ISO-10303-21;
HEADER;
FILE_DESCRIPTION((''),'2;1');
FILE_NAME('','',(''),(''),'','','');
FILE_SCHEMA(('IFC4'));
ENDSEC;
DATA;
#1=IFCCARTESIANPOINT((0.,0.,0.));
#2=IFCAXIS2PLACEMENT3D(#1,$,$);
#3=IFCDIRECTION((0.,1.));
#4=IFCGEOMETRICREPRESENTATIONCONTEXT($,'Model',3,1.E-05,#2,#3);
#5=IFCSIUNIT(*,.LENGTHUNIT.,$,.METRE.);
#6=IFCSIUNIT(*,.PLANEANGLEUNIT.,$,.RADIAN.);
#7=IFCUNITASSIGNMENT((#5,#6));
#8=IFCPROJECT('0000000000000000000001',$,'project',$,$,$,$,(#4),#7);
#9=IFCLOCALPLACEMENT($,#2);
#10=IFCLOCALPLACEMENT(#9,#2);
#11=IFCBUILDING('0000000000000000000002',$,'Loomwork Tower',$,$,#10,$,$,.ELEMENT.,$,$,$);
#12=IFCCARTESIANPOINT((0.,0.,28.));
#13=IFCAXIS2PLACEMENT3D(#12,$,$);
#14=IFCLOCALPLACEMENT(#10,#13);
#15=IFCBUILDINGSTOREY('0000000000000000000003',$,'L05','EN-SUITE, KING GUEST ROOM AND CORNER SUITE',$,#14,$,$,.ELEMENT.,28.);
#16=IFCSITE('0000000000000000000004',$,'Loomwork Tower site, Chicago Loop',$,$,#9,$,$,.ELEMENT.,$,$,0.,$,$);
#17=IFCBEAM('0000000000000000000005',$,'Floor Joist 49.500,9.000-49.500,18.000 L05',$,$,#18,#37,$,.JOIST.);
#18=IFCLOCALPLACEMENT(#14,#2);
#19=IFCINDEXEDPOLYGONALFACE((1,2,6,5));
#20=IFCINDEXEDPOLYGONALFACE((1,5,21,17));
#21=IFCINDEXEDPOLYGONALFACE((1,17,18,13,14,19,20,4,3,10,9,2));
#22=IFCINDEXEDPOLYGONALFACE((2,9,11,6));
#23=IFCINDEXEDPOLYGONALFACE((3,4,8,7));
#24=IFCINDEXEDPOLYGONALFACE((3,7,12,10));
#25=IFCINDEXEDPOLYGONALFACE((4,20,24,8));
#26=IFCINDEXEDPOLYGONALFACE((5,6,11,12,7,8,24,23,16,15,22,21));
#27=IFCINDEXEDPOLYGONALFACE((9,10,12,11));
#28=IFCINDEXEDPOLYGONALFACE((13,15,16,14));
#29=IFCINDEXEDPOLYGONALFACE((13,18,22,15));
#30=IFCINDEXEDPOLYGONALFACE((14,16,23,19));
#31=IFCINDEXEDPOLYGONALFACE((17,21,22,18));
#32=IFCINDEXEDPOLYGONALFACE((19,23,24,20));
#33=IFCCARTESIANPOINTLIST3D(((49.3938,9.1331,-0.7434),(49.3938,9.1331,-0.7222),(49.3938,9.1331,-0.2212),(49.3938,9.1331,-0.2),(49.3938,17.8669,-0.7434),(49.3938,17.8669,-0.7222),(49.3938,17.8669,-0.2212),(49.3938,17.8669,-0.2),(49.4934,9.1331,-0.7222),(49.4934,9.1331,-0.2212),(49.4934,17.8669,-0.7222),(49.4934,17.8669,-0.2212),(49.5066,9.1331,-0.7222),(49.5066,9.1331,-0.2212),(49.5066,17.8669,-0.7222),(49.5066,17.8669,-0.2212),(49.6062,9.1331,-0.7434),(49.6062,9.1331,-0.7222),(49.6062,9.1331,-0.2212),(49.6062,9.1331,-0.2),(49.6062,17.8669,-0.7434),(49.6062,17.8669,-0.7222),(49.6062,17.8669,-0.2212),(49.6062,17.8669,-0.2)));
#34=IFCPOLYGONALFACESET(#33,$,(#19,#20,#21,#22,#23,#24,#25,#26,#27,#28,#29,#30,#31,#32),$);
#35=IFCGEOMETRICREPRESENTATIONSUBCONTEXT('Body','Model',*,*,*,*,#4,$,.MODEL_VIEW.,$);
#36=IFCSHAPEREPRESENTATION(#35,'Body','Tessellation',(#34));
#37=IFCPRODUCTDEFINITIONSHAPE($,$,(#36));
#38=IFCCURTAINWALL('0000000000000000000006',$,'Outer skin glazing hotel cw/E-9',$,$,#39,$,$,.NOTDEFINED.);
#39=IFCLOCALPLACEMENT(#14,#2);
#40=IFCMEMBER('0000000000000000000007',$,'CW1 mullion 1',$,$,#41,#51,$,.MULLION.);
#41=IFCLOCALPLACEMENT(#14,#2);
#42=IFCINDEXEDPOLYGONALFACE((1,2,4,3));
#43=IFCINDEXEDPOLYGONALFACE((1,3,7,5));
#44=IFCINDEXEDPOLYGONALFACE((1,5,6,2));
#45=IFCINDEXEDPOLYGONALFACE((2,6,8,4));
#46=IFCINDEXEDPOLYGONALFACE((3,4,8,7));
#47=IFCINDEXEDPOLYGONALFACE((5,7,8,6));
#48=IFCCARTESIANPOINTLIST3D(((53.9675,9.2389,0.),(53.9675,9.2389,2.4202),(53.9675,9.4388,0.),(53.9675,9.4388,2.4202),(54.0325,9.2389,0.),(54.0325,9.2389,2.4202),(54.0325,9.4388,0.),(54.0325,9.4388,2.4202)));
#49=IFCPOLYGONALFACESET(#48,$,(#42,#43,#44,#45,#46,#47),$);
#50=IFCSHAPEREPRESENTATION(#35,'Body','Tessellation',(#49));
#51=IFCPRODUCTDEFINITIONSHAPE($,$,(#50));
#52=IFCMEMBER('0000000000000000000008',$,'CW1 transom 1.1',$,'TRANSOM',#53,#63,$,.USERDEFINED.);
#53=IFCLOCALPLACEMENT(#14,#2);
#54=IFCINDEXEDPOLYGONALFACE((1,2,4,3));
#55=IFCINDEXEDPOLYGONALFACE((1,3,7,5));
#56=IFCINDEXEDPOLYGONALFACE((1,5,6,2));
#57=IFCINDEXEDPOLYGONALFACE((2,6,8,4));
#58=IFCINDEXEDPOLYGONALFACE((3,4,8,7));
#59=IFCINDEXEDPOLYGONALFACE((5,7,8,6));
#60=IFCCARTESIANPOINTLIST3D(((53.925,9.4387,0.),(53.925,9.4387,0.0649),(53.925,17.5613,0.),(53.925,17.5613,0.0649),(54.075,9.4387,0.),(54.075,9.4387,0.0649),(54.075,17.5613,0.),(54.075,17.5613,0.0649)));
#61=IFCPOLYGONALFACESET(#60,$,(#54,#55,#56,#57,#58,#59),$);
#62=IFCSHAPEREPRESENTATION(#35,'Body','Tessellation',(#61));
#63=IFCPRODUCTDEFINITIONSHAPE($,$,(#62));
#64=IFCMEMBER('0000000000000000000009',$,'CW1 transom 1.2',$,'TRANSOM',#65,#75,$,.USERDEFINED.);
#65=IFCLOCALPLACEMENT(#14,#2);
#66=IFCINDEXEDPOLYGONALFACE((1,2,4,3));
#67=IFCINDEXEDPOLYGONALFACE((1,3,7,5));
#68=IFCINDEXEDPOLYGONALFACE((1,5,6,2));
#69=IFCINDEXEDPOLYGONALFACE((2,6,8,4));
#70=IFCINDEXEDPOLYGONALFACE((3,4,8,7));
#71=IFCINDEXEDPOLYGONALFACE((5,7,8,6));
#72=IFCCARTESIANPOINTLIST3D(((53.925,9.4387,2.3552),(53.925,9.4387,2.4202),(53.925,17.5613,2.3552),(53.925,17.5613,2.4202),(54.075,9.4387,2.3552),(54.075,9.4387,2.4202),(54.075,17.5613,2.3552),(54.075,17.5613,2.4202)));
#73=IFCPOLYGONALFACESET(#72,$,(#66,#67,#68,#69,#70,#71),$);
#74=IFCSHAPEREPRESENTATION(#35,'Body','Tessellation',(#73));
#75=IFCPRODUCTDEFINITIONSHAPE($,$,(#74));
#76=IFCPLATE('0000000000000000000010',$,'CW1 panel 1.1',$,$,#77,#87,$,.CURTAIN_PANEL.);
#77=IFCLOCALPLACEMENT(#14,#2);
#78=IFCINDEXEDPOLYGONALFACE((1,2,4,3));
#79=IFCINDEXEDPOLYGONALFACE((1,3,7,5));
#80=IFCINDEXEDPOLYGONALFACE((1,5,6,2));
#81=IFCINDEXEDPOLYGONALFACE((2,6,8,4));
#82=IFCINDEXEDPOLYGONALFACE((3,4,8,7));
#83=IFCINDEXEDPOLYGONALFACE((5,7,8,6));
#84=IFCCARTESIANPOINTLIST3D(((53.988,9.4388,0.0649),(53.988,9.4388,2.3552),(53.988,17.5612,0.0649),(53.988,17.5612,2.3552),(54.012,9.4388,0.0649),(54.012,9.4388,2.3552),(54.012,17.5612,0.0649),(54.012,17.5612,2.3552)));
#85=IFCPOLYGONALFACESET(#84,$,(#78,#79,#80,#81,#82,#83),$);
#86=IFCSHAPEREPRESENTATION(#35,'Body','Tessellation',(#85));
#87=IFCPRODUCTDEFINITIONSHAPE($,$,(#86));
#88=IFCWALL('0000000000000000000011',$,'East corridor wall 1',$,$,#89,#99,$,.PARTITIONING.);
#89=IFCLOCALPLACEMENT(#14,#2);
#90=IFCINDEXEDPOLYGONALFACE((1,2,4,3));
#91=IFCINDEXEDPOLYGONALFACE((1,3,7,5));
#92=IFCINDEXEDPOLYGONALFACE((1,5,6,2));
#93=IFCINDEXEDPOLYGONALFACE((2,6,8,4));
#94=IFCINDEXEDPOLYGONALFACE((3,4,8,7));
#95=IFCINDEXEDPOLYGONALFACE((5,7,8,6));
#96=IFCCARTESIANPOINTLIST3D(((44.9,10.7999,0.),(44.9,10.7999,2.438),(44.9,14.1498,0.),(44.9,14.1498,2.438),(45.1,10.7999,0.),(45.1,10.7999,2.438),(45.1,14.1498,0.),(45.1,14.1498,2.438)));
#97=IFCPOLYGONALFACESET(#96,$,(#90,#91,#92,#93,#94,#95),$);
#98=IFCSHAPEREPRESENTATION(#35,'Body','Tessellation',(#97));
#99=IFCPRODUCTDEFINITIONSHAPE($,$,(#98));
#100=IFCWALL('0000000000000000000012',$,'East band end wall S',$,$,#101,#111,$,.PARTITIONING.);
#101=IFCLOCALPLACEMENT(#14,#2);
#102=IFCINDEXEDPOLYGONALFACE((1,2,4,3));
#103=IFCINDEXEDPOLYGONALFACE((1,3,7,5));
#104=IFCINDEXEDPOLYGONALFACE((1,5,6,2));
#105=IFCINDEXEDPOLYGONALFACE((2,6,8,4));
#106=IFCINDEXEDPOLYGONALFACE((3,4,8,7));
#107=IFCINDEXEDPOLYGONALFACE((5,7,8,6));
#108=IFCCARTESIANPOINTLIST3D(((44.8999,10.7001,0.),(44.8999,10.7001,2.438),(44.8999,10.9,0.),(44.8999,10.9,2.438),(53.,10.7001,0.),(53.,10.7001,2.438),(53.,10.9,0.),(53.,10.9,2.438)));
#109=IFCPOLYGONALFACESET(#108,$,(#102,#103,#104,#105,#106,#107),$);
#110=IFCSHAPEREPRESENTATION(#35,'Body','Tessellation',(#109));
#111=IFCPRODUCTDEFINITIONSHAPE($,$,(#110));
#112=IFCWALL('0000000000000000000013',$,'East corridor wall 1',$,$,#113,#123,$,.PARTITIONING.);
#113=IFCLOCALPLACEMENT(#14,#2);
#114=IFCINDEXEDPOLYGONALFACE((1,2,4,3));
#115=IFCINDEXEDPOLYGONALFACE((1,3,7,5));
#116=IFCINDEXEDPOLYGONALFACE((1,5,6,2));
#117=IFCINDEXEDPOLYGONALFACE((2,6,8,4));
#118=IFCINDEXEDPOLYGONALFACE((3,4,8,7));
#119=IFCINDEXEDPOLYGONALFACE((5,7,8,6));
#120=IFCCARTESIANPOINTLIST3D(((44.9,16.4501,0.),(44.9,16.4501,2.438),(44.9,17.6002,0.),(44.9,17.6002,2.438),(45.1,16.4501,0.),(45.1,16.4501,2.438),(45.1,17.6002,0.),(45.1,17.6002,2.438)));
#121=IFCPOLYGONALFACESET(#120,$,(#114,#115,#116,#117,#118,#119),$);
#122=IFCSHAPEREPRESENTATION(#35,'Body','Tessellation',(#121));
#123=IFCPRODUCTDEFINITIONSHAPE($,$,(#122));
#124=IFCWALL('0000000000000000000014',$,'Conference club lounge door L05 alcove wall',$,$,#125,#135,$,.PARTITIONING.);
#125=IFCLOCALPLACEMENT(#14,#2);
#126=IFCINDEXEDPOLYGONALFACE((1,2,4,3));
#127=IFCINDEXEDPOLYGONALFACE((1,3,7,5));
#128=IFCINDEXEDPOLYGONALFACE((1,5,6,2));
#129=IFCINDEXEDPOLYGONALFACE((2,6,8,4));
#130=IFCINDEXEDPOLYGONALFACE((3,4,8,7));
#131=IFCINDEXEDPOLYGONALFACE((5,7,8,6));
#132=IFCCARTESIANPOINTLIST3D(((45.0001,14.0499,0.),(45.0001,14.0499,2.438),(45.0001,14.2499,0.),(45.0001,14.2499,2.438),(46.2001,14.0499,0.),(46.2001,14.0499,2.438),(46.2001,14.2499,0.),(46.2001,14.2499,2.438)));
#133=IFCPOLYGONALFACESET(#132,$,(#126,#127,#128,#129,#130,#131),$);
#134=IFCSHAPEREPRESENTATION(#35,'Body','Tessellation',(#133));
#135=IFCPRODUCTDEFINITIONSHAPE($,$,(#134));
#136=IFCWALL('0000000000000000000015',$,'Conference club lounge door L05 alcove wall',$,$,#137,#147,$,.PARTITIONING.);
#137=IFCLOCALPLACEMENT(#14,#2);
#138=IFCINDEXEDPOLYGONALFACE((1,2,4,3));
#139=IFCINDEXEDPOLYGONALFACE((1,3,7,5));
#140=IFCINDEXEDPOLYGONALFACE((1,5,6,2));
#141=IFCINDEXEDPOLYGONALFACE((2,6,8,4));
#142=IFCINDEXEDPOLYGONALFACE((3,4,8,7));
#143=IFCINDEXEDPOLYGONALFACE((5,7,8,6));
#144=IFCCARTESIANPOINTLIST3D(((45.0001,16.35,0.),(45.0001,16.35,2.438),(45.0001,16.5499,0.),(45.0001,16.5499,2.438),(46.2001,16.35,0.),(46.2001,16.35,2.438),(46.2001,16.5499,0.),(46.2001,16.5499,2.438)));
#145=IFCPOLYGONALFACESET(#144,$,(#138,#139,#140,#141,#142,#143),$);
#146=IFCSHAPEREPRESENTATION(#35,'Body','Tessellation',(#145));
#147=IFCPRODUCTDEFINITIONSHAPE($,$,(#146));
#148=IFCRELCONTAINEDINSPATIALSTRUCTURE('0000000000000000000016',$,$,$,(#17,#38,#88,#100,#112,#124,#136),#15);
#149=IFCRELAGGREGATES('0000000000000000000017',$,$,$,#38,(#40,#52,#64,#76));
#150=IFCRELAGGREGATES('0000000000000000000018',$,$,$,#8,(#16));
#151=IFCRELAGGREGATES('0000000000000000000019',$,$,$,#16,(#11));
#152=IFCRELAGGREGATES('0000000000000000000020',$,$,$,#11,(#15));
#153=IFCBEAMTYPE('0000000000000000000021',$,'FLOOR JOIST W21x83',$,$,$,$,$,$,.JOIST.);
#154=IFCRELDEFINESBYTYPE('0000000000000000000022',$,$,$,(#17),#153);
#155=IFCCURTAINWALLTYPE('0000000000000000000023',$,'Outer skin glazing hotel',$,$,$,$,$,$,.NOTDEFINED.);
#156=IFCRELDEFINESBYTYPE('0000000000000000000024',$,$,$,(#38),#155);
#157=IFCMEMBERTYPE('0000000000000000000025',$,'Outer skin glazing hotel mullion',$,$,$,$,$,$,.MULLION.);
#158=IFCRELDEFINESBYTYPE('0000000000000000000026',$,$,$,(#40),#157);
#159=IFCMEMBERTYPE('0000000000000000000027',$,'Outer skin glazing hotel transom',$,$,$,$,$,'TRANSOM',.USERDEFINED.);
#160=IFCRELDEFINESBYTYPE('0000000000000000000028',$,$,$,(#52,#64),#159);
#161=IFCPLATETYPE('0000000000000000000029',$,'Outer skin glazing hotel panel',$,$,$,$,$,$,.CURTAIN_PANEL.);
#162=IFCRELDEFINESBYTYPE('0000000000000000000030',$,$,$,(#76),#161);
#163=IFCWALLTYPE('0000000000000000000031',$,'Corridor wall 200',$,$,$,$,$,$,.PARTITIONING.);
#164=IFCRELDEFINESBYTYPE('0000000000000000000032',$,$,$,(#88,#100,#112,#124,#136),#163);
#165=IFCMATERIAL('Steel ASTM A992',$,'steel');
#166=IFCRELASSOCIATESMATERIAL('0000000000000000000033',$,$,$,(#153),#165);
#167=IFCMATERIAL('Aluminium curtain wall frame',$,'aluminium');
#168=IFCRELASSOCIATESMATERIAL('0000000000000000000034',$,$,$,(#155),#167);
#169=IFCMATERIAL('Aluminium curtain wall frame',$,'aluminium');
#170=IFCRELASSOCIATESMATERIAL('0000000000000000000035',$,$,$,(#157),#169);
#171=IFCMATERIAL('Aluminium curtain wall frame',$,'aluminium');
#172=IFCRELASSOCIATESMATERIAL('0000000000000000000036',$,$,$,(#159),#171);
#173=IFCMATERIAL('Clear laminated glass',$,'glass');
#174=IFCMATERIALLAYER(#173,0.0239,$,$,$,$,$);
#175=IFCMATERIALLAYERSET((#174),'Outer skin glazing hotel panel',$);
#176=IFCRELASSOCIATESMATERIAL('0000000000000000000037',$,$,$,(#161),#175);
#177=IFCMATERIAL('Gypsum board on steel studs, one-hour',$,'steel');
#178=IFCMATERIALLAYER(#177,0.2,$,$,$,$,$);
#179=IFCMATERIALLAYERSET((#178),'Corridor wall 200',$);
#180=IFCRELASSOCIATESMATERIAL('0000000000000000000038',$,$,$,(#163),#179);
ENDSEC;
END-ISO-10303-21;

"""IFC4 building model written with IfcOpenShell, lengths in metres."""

from ifc_helpers import new_model, si_unit, direction, frame, frame_2d, origin, origin_2d, place, context, subcontext, project, spatial, rectangle, i_section, extrude, material, layer, layer_set, material_profile, profile_set, type_object, element, aggregate, save


model = new_model("IFC4")

# Units and contexts
model_context = context("Model", 3, precision=1e-05, world=origin(), true_north=direction((0.0, 1.0)))
body_context = subcontext(model_context, "Body", "Model", "MODEL_VIEW")
ifc_project = project(units=[si_unit("LENGTHUNIT", "METRE"), si_unit("PLANEANGLEUNIT", "RADIAN")], contexts=[model_context])

# Site, building, storey
site_placement = place(None, origin())
site = spatial("IfcSite", under=ifc_project, at=site_placement, Name="Loomwork Tower site, Chicago Loop", CompositionType="ELEMENT", RefElevation=0.0)
building_placement = place(site_placement, origin())
building = spatial("IfcBuilding", under=site, at=building_placement, Name="Loomwork Tower", CompositionType="ELEMENT")
storey_placement = place(building_placement, frame((0.0, 0.0, 28.0)))
storey = spatial("IfcBuildingStorey", under=building, at=storey_placement, Name="L05", Description="EN-SUITE, KING GUEST ROOM AND CORNER SUITE", CompositionType="ELEMENT", Elevation=28.0)

# Beam
ifc_material_1 = material(Name="Steel ASTM A992", Category="steel")
ifc_material_profile_1 = material_profile(ifc_material_1, i_section(OverallWidth=0.2124, OverallDepth=0.5435, WebThickness=0.0132, FlangeThickness=0.0212, at=origin_2d()), Name="W21x83")
ifc_profile_set_1 = profile_set([ifc_material_profile_1], Name="Steel ASTM A992")
beam_type = type_object("IfcBeamType", Name="FLOOR JOIST W21x83", PredefinedType="JOIST", material=ifc_profile_set_1)
beam_placement = place(storey_placement, frame((49.5, 9.1331, -0.4717), z_axis=(0.0, 1.0, 0.0), x_axis=(-1.0, 0.0, 0.0)))
element("IfcBeam", 1, at=beam_placement, inside=storey, type_object=beam_type, Name="Floor Joist 49.500,9.000-49.500,18.000 L05", PredefinedType="JOIST", context=body_context, shape_type="SweptSolid", body=[
    extrude(i_section(OverallWidth=0.2124, OverallDepth=0.5435, WebThickness=0.0132, FlangeThickness=0.0212, at=origin_2d()), origin(), (0.0, 0.0, 1.0), 8.7339),
])

# Curtain wall, members, plate
ifc_material_2 = material(Name="Aluminium curtain wall frame", Category="aluminium")
curtain_wall_type = type_object("IfcCurtainWallType", Name="Outer skin glazing hotel", PredefinedType="NOTDEFINED", material=ifc_material_2)
curtain_wall_placement = place(storey_placement, origin())
curtain_wall = element("IfcCurtainWall", 2, at=curtain_wall_placement, inside=storey, type_object=curtain_wall_type, Name="Outer skin glazing hotel cw/E-9", PredefinedType="NOTDEFINED")
ifc_material_3 = material(Name="Aluminium curtain wall frame", Category="aluminium")
ifc_material_profile_2 = material_profile(ifc_material_3, rectangle(XDim=0.0649, YDim=0.2, at=origin_2d()), Name="AL 65x200")
ifc_profile_set_2 = profile_set([ifc_material_profile_2], Name="Aluminium curtain wall frame")
member_type_1 = type_object("IfcMemberType", Name="Outer skin glazing hotel mullion", PredefinedType="MULLION", material=ifc_profile_set_2)
member_1_placement = place(storey_placement, frame((54.0, 9.3389, 0.0), z_axis=(0.0, 0.0, 1.0), x_axis=(-1.0, 0.0, 0.0)))
member_1 = element("IfcMember", 3, at=member_1_placement, type_object=member_type_1, Name="CW1 mullion 1", PredefinedType="MULLION", context=body_context, shape_type="SweptSolid", body=[
    extrude(rectangle(XDim=0.0649, YDim=0.2, at=origin_2d()), origin(), (0.0, 0.0, 1.0), 2.4202),
])
ifc_material_4 = material(Name="Aluminium curtain wall frame", Category="aluminium")
ifc_material_profile_3 = material_profile(ifc_material_4, rectangle(XDim=0.1499, YDim=0.0649, at=origin_2d()), Name="AL 65x150")
ifc_profile_set_3 = profile_set([ifc_material_profile_3], Name="Aluminium curtain wall frame")
member_type_2 = type_object("IfcMemberType", Name="Outer skin glazing hotel transom", ElementType="TRANSOM", PredefinedType="USERDEFINED", material=ifc_profile_set_3)
member_2_placement = place(storey_placement, frame((54.0, 9.4387, 0.0325), z_axis=(0.0, 1.0, 0.0), x_axis=(-1.0, 0.0, 0.0)))
member_2 = element("IfcMember", 4, at=member_2_placement, type_object=member_type_2, Name="CW1 transom 1.1", ObjectType="TRANSOM", PredefinedType="USERDEFINED", context=body_context, shape_type="SweptSolid", body=[
    extrude(rectangle(XDim=0.1499, YDim=0.0649, at=origin_2d()), origin(), (0.0, 0.0, 1.0), 8.1226),
])
member_3_placement = place(storey_placement, frame((54.0, 9.4387, 2.3877), z_axis=(0.0, 1.0, 0.0), x_axis=(-1.0, 0.0, 0.0)))
member_3 = element("IfcMember", 5, at=member_3_placement, type_object=member_type_2, Name="CW1 transom 1.2", ObjectType="TRANSOM", PredefinedType="USERDEFINED", context=body_context, shape_type="SweptSolid", body=[
    extrude(rectangle(XDim=0.1499, YDim=0.0649, at=origin_2d()), origin(), (0.0, 0.0, 1.0), 8.1226),
])
ifc_material_5 = material(Name="Clear laminated glass", Category="glass")
ifc_layer_1 = layer(ifc_material_5, 0.0239)
ifc_layer_set_1 = layer_set([ifc_layer_1], Name="Outer skin glazing hotel panel")
plate_type = type_object("IfcPlateType", Name="Outer skin glazing hotel panel", PredefinedType="CURTAIN_PANEL", material=ifc_layer_set_1)
plate_placement = place(storey_placement, frame((54.0, 13.5, 0.0649), z_axis=(0.0, 0.0, 1.0), x_axis=(0.0, 1.0, 0.0)))
plate = element("IfcPlate", 6, at=plate_placement, type_object=plate_type, Name="CW1 panel 1.1", PredefinedType="CURTAIN_PANEL", context=body_context, shape_type="SweptSolid", body=[
    extrude(rectangle(XDim=8.1223, YDim=0.0239, at=origin_2d()), origin(), (0.0, 0.0, 1.0), 2.2903),
])
aggregate(curtain_wall, [member_1, member_2, member_3, plate])

# Walls
ifc_material_6 = material(Name="Gypsum board on steel studs, one-hour", Category="steel")
ifc_layer_2 = layer(ifc_material_6, 0.2)
ifc_layer_set_2 = layer_set([ifc_layer_2], Name="Corridor wall 200")
wall_type_1 = type_object("IfcWallType", Name="Corridor wall 200", PredefinedType="PARTITIONING", material=ifc_layer_set_2)
wall_1_placement = place(storey_placement, frame((45.0, 10.8, 0.0), z_axis=(0.0, 0.0, 1.0), x_axis=(0.0, 1.0, 0.0)))
element("IfcWall", 7, at=wall_1_placement, inside=storey, type_object=wall_type_1, Name="East corridor wall 1", PredefinedType="PARTITIONING", context=body_context, shape_type="SweptSolid", body=[
    extrude(rectangle(XDim=3.3499, YDim=0.2, at=frame_2d((1.6748, 0.0))), origin(), (0.0, 0.0, 1.0), 2.438),
])
wall_2_placement = place(storey_placement, frame((44.8999, 10.8, 0.0), z_axis=(0.0, 0.0, 1.0), x_axis=(1.0, 0.0, 0.0)))
element("IfcWall", 8, at=wall_2_placement, inside=storey, type_object=wall_type_1, Name="East band end wall S", PredefinedType="PARTITIONING", context=body_context, shape_type="SweptSolid", body=[
    extrude(rectangle(XDim=8.1001, YDim=0.2, at=frame_2d((4.05, 0.0))), origin(), (0.0, 0.0, 1.0), 2.438),
])
wall_3_placement = place(storey_placement, frame((45.0, 16.45, 0.0), z_axis=(0.0, 0.0, 1.0), x_axis=(0.0, 1.0, 0.0)))
element("IfcWall", 9, at=wall_3_placement, inside=storey, type_object=wall_type_1, Name="East corridor wall 1", PredefinedType="PARTITIONING", context=body_context, shape_type="SweptSolid", body=[
    extrude(rectangle(XDim=1.1501, YDim=0.2, at=frame_2d((0.5752, 0.0))), origin(), (0.0, 0.0, 1.0), 2.438),
])
for number, where, z_axis, x_axis, name in (
    (10, (45.0, 14.1499, 0.0), (0.0, 0.0, 1.0), (1.0, 0.0, 0.0), "Conference club lounge door L05 alcove wall"),
    (11, (45.0, 16.45, 0.0), (0.0, 0.0, 1.0), (1.0, 0.0, 0.0), "Conference club lounge door L05 alcove wall"),
):
    element("IfcWall", number, at=place(storey_placement, frame(where, z_axis=z_axis, x_axis=x_axis)), inside=storey, type_object=wall_type_1, Name=name, PredefinedType="PARTITIONING", context=body_context, shape_type="SweptSolid", body=[
        extrude(rectangle(XDim=1.2, YDim=0.2, at=frame_2d((0.6001, 0.0))), origin(), (0.0, 0.0, 1.0), 2.438),
    ])

save(model, "model.ifc")
